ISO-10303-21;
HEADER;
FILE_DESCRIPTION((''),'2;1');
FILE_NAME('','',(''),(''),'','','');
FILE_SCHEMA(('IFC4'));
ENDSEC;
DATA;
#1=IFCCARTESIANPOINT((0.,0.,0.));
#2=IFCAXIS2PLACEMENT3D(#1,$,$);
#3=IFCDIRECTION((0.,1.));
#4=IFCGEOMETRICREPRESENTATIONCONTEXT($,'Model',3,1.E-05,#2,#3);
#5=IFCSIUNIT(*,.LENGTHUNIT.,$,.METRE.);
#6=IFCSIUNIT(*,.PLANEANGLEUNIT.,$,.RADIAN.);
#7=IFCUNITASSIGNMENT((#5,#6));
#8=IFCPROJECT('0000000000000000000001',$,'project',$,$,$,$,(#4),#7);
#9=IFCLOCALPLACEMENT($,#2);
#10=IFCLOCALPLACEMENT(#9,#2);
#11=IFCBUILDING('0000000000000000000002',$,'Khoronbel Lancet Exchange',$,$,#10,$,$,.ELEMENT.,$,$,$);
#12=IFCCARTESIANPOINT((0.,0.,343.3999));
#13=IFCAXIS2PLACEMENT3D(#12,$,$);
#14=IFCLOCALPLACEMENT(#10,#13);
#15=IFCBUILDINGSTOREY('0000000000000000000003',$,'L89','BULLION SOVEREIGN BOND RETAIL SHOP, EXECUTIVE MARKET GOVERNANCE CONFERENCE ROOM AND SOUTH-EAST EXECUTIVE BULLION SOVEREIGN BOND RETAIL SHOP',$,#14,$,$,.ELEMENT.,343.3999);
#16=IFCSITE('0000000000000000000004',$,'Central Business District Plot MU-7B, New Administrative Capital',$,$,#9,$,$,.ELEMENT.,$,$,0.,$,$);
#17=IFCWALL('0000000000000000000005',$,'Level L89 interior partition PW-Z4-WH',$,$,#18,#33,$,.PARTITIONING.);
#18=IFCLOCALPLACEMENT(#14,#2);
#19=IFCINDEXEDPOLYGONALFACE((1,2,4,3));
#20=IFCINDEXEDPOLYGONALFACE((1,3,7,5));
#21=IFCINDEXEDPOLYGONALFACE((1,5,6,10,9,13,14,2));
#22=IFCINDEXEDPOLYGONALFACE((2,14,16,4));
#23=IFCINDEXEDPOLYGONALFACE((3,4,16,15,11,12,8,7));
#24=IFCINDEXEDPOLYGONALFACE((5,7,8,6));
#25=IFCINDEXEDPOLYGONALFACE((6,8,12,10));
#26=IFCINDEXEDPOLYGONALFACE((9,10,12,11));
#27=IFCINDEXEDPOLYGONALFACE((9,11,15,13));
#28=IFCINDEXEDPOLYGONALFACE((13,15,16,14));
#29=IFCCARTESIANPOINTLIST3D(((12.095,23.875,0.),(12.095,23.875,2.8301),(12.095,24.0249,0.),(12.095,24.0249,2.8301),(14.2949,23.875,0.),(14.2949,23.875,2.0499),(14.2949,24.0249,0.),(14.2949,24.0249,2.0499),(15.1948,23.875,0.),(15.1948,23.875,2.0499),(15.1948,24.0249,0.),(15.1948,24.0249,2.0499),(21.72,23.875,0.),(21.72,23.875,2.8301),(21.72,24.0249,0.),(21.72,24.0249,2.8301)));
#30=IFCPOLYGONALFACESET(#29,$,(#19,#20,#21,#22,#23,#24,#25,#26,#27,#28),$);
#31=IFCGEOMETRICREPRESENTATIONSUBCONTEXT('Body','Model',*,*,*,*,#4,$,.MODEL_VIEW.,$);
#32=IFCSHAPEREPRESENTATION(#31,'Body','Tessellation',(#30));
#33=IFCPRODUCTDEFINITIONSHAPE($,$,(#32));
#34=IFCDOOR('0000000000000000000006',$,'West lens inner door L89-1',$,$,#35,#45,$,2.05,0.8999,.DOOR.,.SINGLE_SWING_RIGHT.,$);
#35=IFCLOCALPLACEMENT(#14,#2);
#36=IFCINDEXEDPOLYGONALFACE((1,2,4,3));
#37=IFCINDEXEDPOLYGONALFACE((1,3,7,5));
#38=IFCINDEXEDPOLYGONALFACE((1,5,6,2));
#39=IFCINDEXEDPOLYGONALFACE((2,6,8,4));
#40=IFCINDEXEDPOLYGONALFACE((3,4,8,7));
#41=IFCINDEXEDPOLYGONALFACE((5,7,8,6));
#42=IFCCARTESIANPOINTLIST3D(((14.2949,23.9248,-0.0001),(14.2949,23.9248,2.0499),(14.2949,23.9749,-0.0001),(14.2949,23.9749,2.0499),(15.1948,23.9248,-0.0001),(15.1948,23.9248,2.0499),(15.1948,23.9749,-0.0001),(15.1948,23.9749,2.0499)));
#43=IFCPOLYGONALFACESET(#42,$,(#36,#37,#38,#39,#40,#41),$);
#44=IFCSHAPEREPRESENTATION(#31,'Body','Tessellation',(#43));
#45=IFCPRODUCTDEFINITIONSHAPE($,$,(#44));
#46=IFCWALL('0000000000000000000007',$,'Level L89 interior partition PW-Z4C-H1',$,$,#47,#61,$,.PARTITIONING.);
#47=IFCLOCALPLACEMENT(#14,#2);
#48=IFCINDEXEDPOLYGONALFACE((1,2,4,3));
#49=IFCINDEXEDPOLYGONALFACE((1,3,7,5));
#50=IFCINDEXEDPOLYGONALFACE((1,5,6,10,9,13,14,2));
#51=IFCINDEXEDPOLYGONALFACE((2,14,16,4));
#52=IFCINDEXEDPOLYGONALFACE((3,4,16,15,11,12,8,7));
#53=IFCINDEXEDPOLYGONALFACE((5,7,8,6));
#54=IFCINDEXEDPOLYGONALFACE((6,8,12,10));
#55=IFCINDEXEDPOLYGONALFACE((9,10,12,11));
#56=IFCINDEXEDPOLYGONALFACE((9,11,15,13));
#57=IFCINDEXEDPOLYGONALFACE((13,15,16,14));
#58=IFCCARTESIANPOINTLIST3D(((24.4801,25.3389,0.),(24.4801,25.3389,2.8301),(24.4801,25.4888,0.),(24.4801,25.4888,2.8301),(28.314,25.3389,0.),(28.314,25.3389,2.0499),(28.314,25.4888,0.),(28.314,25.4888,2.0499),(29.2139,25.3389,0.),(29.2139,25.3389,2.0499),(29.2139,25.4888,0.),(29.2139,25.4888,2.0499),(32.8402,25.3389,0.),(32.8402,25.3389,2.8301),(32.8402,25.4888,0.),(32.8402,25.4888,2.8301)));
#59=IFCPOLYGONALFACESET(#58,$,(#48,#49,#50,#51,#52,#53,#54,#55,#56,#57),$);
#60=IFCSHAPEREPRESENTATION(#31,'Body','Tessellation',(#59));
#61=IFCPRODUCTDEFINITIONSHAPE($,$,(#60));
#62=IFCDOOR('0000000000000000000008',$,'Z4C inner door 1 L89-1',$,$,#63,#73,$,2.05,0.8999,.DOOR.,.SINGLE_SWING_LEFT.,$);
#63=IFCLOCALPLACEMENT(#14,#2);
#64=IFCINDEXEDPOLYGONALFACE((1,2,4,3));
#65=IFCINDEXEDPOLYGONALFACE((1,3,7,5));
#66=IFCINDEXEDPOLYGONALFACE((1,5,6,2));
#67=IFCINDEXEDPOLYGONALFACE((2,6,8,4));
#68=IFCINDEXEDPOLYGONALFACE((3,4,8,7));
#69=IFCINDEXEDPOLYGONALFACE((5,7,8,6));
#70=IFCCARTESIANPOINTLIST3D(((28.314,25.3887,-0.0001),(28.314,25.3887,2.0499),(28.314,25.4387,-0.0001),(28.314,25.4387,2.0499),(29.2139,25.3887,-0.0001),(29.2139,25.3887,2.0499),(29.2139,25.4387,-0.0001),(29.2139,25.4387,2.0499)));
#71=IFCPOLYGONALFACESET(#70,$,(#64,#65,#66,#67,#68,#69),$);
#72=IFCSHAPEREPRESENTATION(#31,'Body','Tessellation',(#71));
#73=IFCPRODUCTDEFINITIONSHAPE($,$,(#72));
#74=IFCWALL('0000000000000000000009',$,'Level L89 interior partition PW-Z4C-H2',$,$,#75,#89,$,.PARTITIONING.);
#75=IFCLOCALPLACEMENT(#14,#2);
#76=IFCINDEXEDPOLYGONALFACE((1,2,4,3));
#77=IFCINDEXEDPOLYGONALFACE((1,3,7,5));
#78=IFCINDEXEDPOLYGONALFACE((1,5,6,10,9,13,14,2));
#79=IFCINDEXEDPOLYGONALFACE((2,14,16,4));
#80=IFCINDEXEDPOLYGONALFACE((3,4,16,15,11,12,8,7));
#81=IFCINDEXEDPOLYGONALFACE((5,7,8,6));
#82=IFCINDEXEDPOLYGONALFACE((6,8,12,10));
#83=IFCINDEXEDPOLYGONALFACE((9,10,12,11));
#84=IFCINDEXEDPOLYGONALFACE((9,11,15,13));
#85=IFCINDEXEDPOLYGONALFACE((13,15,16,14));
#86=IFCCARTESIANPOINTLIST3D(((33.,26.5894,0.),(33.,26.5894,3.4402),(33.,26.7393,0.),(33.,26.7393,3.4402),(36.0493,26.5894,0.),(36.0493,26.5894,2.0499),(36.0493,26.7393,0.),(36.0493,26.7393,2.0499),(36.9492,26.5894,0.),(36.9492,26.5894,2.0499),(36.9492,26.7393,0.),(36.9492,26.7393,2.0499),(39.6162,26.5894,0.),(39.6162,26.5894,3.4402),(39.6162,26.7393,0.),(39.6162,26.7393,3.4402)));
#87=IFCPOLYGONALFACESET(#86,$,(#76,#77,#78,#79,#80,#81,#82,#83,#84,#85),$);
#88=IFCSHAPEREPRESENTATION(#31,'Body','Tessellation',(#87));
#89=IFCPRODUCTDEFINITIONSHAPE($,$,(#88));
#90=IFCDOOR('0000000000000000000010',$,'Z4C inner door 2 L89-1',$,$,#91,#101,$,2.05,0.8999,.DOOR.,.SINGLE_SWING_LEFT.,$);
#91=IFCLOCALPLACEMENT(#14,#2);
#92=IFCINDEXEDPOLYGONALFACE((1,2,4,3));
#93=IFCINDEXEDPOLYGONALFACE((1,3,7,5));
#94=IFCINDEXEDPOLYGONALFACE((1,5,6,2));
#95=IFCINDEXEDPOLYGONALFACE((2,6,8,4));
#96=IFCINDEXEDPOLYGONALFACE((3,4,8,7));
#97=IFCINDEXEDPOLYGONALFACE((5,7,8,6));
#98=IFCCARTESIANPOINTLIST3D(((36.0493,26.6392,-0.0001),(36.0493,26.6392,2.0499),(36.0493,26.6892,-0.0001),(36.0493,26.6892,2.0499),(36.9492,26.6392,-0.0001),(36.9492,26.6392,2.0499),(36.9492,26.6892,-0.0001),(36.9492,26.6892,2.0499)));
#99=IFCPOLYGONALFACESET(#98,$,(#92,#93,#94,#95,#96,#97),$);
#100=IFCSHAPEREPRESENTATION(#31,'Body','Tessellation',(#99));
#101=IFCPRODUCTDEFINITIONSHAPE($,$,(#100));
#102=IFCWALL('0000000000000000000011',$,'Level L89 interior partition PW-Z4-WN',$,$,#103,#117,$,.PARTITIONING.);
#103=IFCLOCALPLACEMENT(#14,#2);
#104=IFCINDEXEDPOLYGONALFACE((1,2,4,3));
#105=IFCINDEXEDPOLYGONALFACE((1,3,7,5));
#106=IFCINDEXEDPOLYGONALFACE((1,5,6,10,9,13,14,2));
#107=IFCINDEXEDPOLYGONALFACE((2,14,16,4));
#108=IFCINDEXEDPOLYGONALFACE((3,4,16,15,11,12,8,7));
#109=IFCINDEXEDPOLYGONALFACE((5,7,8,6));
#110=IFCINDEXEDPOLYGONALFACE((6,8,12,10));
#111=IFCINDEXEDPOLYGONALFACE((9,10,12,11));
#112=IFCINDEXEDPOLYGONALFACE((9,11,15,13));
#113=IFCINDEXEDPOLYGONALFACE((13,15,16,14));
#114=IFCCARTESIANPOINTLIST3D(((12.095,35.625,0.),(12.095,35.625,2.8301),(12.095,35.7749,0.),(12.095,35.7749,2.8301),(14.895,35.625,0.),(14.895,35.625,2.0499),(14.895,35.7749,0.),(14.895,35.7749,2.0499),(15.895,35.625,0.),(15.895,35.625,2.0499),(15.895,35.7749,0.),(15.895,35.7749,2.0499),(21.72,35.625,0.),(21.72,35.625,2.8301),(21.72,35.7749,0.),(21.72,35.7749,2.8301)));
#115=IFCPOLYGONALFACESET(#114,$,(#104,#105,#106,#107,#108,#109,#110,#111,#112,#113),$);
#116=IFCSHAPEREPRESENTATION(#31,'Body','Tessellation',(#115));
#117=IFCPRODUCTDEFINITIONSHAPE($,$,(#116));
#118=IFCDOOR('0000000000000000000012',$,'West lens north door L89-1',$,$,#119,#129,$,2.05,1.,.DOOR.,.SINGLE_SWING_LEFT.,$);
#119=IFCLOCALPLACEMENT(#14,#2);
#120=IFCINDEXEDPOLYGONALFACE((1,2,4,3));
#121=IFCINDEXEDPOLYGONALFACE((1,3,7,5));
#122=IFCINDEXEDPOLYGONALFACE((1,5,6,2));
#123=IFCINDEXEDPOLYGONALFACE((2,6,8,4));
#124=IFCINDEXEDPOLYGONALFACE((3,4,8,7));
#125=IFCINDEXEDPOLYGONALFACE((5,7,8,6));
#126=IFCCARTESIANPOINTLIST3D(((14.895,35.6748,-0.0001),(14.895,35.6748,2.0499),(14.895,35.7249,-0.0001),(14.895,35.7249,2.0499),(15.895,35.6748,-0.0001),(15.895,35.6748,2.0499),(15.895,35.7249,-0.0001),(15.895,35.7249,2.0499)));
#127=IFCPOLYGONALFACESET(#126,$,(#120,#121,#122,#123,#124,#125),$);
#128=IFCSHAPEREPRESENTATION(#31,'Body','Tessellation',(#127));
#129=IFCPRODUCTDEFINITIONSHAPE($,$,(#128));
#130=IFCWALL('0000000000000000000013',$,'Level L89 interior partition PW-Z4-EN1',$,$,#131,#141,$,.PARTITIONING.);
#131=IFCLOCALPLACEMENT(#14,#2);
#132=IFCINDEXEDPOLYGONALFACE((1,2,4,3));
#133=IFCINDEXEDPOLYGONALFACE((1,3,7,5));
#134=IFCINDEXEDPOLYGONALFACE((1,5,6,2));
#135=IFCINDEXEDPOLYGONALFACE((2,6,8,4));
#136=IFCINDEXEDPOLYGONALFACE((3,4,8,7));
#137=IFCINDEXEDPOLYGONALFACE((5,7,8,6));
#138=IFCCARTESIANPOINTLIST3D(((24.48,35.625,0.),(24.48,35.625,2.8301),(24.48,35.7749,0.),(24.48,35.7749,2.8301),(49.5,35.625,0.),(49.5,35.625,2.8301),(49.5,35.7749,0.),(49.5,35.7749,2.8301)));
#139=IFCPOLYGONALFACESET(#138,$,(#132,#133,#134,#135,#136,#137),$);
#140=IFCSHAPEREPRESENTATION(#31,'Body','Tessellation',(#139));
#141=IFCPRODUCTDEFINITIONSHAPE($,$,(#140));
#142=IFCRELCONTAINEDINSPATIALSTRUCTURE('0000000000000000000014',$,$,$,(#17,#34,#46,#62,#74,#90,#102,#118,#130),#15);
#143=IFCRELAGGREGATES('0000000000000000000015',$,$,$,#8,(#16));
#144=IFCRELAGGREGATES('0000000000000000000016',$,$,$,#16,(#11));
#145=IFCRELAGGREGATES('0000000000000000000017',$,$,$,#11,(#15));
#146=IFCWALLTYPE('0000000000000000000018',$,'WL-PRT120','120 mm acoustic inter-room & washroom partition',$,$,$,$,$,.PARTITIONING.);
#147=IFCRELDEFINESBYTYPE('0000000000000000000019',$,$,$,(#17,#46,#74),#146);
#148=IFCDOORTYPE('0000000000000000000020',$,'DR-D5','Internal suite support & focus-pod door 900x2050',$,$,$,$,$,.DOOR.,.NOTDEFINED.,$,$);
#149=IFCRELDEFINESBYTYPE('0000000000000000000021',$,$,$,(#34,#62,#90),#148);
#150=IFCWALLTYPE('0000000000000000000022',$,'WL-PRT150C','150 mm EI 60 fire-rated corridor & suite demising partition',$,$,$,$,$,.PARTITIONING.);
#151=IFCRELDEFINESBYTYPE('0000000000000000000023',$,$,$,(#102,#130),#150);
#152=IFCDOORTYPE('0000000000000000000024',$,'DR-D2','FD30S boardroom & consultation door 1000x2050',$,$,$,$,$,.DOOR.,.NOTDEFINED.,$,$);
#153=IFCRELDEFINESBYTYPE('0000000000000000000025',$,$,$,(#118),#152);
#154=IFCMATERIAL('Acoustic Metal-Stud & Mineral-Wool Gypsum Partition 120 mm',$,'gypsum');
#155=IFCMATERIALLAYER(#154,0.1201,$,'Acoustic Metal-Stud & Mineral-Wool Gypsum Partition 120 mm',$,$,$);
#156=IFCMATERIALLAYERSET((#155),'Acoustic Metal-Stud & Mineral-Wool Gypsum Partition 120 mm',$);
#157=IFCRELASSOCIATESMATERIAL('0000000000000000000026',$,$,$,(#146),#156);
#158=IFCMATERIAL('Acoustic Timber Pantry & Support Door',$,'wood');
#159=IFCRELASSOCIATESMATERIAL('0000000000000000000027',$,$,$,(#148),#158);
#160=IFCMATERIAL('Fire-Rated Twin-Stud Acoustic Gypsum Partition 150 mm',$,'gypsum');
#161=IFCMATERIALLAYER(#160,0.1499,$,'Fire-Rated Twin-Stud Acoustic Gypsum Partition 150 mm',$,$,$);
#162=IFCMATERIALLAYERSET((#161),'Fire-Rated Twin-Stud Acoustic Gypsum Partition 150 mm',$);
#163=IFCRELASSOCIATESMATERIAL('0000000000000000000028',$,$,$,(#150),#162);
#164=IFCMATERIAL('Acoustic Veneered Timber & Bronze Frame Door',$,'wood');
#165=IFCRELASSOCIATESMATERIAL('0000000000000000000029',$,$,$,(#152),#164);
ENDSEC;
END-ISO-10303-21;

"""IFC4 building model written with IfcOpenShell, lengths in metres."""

from ifc_helpers import new_model, si_unit, direction, frame, frame_2d, origin, place, context, subcontext, project, spatial, rectangle, extrude, material, layer, layer_set, type_object, element, fill, save


model = new_model("IFC4")

# Units and contexts
model_context = context("Model", 3, precision=1e-05, world=origin(), true_north=direction((0.0, 1.0)))
body_context = subcontext(model_context, "Body", "Model", "MODEL_VIEW")
ifc_project = project(units=[si_unit("LENGTHUNIT", "METRE"), si_unit("PLANEANGLEUNIT", "RADIAN")], contexts=[model_context])

# Site, building, storey
site_placement = place(None, origin())
site = spatial("IfcSite", under=ifc_project, at=site_placement, Name="Central Business District Plot MU-7B, New Administrative Capital", CompositionType="ELEMENT", RefElevation=0.0)
building_placement = place(site_placement, origin())
building = spatial("IfcBuilding", under=site, at=building_placement, Name="Khoronbel Lancet Exchange", CompositionType="ELEMENT")
storey_placement = place(building_placement, frame((0.0, 0.0, 343.3999)))
storey = spatial("IfcBuildingStorey", under=building, at=storey_placement, Name="L89", Description="BULLION SOVEREIGN BOND RETAIL SHOP, EXECUTIVE MARKET GOVERNANCE CONFERENCE ROOM AND SOUTH-EAST EXECUTIVE BULLION SOVEREIGN BOND RETAIL SHOP", CompositionType="ELEMENT", Elevation=343.3999)

# Walls, openings, doors
ifc_material_1 = material(Name="Acoustic Metal-Stud & Mineral-Wool Gypsum Partition 120 mm", Category="gypsum")
ifc_layer_1 = layer(ifc_material_1, 0.1201, Name="Acoustic Metal-Stud & Mineral-Wool Gypsum Partition 120 mm")
ifc_layer_set_1 = layer_set([ifc_layer_1], Name="Acoustic Metal-Stud & Mineral-Wool Gypsum Partition 120 mm")
wall_type_1 = type_object("IfcWallType", Name="WL-PRT120", Description="120 mm acoustic inter-room & washroom partition", PredefinedType="PARTITIONING", material=ifc_layer_set_1)
wall_1_placement = place(storey_placement, frame((12.095, 23.95, 0.0), z_axis=(0.0, 0.0, 1.0), x_axis=(1.0, 0.0, 0.0)))
wall_1 = element("IfcWall", 1, at=wall_1_placement, inside=storey, type_object=wall_type_1, Name="Level L89 interior partition PW-Z4-WH", PredefinedType="PARTITIONING", context=body_context, shape_type="SweptSolid", body=[
    extrude(rectangle(XDim=9.625, YDim=0.1499, at=frame_2d((4.8125, 0.0))), origin(), (0.0, 0.0, 1.0), 2.8301),
])
opening_1_placement = place(wall_1_placement, frame((2.2, 0.0, 0.0)))
opening_1 = element("IfcOpeningElement", 2, at=opening_1_placement, cuts=wall_1, PredefinedType="OPENING", context=body_context, shape_type="SweptSolid", body=[
    extrude(rectangle(XDim=0.8999, YDim=2.05, at=frame_2d((0.45, 1.0249))), frame((0.0, 0.085, 0.0), z_axis=(0.0, -1.0, 0.0), x_axis=(1.0, 0.0, 0.0)), (0.0, 0.0, 1.0), 0.1699),
])
ifc_material_2 = material(Name="Acoustic Timber Pantry & Support Door", Category="wood")
door_type_1 = type_object("IfcDoorType", Name="DR-D5", Description="Internal suite support & focus-pod door 900x2050", OperationType="NOTDEFINED", PredefinedType="DOOR", material=ifc_material_2)
door_1_placement = place(opening_1_placement, origin())
door_1 = element("IfcDoor", 3, at=door_1_placement, inside=storey, type_object=door_type_1, Name="West lens inner door L89-1", OperationType="SINGLE_SWING_RIGHT", OverallHeight=2.05, OverallWidth=0.8999, PredefinedType="DOOR", context=body_context, shape_type="SweptSolid", body=[
    extrude(rectangle(XDim=0.8999, YDim=2.05, at=frame_2d((0.45, 1.0249))), frame((0.0, 0.0249, 0.0), z_axis=(0.0, -1.0, 0.0), x_axis=(1.0, 0.0, 0.0)), (0.0, 0.0, 1.0), 0.05),
])
fill(opening_1, door_1)
wall_2_placement = place(storey_placement, frame((24.48, 25.4138, 0.0), z_axis=(0.0, 0.0, 1.0), x_axis=(1.0, 0.0, 0.0)))
wall_2 = element("IfcWall", 4, at=wall_2_placement, inside=storey, type_object=wall_type_1, Name="Level L89 interior partition PW-Z4C-H1", PredefinedType="PARTITIONING", context=body_context, shape_type="SweptSolid", body=[
    extrude(rectangle(XDim=8.3601, YDim=0.1499, at=frame_2d((4.1802, 0.0))), origin(), (0.0, 0.0, 1.0), 2.8301),
])
opening_2_placement = place(wall_2_placement, frame((3.834, 0.0, 0.0)))
opening_2 = element("IfcOpeningElement", 5, at=opening_2_placement, cuts=wall_2, PredefinedType="OPENING", context=body_context, shape_type="SweptSolid", body=[
    extrude(rectangle(XDim=0.8999, YDim=2.05, at=frame_2d((0.45, 1.0249))), frame((0.0, 0.085, 0.0), z_axis=(0.0, -1.0, 0.0), x_axis=(1.0, 0.0, 0.0)), (0.0, 0.0, 1.0), 0.1699),
])
door_2_placement = place(opening_2_placement, origin())
door_2 = element("IfcDoor", 6, at=door_2_placement, inside=storey, type_object=door_type_1, Name="Z4C inner door 1 L89-1", OperationType="SINGLE_SWING_LEFT", OverallHeight=2.05, OverallWidth=0.8999, PredefinedType="DOOR", context=body_context, shape_type="SweptSolid", body=[
    extrude(rectangle(XDim=0.8999, YDim=2.05, at=frame_2d((0.45, 1.0249))), frame((0.0, 0.0249, 0.0), z_axis=(0.0, -1.0, 0.0), x_axis=(1.0, 0.0, 0.0)), (0.0, 0.0, 1.0), 0.05),
])
fill(opening_2, door_2)
wall_3_placement = place(storey_placement, frame((33.0, 26.6643, 0.0), z_axis=(0.0, 0.0, 1.0), x_axis=(1.0, 0.0, 0.0)))
wall_3 = element("IfcWall", 7, at=wall_3_placement, inside=storey, type_object=wall_type_1, Name="Level L89 interior partition PW-Z4C-H2", PredefinedType="PARTITIONING", context=body_context, shape_type="SweptSolid", body=[
    extrude(rectangle(XDim=6.6162, YDim=0.1499, at=frame_2d((3.3081, 0.0))), origin(), (0.0, 0.0, 1.0), 3.4402),
])
opening_3_placement = place(wall_3_placement, frame((3.0493, 0.0, 0.0)))
opening_3 = element("IfcOpeningElement", 8, at=opening_3_placement, cuts=wall_3, PredefinedType="OPENING", context=body_context, shape_type="SweptSolid", body=[
    extrude(rectangle(XDim=0.8999, YDim=2.05, at=frame_2d((0.45, 1.0249))), frame((0.0, 0.085, 0.0), z_axis=(0.0, -1.0, 0.0), x_axis=(1.0, 0.0, 0.0)), (0.0, 0.0, 1.0), 0.1699),
])
door_3_placement = place(opening_3_placement, origin())
door_3 = element("IfcDoor", 9, at=door_3_placement, inside=storey, type_object=door_type_1, Name="Z4C inner door 2 L89-1", OperationType="SINGLE_SWING_LEFT", OverallHeight=2.05, OverallWidth=0.8999, PredefinedType="DOOR", context=body_context, shape_type="SweptSolid", body=[
    extrude(rectangle(XDim=0.8999, YDim=2.05, at=frame_2d((0.45, 1.0249))), frame((0.0, 0.0249, 0.0), z_axis=(0.0, -1.0, 0.0), x_axis=(1.0, 0.0, 0.0)), (0.0, 0.0, 1.0), 0.05),
])
fill(opening_3, door_3)
ifc_material_3 = material(Name="Fire-Rated Twin-Stud Acoustic Gypsum Partition 150 mm", Category="gypsum")
ifc_layer_2 = layer(ifc_material_3, 0.1499, Name="Fire-Rated Twin-Stud Acoustic Gypsum Partition 150 mm")
ifc_layer_set_2 = layer_set([ifc_layer_2], Name="Fire-Rated Twin-Stud Acoustic Gypsum Partition 150 mm")
wall_type_2 = type_object("IfcWallType", Name="WL-PRT150C", Description="150 mm EI 60 fire-rated corridor & suite demising partition", PredefinedType="PARTITIONING", material=ifc_layer_set_2)
wall_4_placement = place(storey_placement, frame((12.095, 35.7, 0.0), z_axis=(0.0, 0.0, 1.0), x_axis=(1.0, 0.0, 0.0)))
wall_4 = element("IfcWall", 10, at=wall_4_placement, inside=storey, type_object=wall_type_2, Name="Level L89 interior partition PW-Z4-WN", PredefinedType="PARTITIONING", context=body_context, shape_type="SweptSolid", body=[
    extrude(rectangle(XDim=9.625, YDim=0.1499, at=frame_2d((4.8125, 0.0))), origin(), (0.0, 0.0, 1.0), 2.8301),
])
opening_4_placement = place(wall_4_placement, frame((2.8, 0.0, 0.0)))
opening_4 = element("IfcOpeningElement", 11, at=opening_4_placement, cuts=wall_4, PredefinedType="OPENING", context=body_context, shape_type="SweptSolid", body=[
    extrude(rectangle(XDim=1.0, YDim=2.05, at=frame_2d((0.5, 1.0249))), frame((0.0, 0.085, 0.0), z_axis=(0.0, -1.0, 0.0), x_axis=(1.0, 0.0, 0.0)), (0.0, 0.0, 1.0), 0.1699),
])
ifc_material_4 = material(Name="Acoustic Veneered Timber & Bronze Frame Door", Category="wood")
door_type_2 = type_object("IfcDoorType", Name="DR-D2", Description="FD30S boardroom & consultation door 1000x2050", OperationType="NOTDEFINED", PredefinedType="DOOR", material=ifc_material_4)
door_4_placement = place(opening_4_placement, origin())
door_4 = element("IfcDoor", 12, at=door_4_placement, inside=storey, type_object=door_type_2, Name="West lens north door L89-1", OperationType="SINGLE_SWING_LEFT", OverallHeight=2.05, OverallWidth=1.0, PredefinedType="DOOR", context=body_context, shape_type="SweptSolid", body=[
    extrude(rectangle(XDim=1.0, YDim=2.05, at=frame_2d((0.5, 1.0249))), frame((0.0, 0.0249, 0.0), z_axis=(0.0, -1.0, 0.0), x_axis=(1.0, 0.0, 0.0)), (0.0, 0.0, 1.0), 0.05),
])
fill(opening_4, door_4)

# Wall
wall_5_placement = place(storey_placement, frame((24.48, 35.7, 0.0), z_axis=(0.0, 0.0, 1.0), x_axis=(1.0, 0.0, 0.0)))
element("IfcWall", 13, at=wall_5_placement, inside=storey, type_object=wall_type_2, Name="Level L89 interior partition PW-Z4-EN1", PredefinedType="PARTITIONING", context=body_context, shape_type="SweptSolid", body=[
    extrude(rectangle(XDim=25.02, YDim=0.1499, at=frame_2d((12.51, 0.0))), origin(), (0.0, 0.0, 1.0), 2.8301),
])

save(model, "model.ifc")
